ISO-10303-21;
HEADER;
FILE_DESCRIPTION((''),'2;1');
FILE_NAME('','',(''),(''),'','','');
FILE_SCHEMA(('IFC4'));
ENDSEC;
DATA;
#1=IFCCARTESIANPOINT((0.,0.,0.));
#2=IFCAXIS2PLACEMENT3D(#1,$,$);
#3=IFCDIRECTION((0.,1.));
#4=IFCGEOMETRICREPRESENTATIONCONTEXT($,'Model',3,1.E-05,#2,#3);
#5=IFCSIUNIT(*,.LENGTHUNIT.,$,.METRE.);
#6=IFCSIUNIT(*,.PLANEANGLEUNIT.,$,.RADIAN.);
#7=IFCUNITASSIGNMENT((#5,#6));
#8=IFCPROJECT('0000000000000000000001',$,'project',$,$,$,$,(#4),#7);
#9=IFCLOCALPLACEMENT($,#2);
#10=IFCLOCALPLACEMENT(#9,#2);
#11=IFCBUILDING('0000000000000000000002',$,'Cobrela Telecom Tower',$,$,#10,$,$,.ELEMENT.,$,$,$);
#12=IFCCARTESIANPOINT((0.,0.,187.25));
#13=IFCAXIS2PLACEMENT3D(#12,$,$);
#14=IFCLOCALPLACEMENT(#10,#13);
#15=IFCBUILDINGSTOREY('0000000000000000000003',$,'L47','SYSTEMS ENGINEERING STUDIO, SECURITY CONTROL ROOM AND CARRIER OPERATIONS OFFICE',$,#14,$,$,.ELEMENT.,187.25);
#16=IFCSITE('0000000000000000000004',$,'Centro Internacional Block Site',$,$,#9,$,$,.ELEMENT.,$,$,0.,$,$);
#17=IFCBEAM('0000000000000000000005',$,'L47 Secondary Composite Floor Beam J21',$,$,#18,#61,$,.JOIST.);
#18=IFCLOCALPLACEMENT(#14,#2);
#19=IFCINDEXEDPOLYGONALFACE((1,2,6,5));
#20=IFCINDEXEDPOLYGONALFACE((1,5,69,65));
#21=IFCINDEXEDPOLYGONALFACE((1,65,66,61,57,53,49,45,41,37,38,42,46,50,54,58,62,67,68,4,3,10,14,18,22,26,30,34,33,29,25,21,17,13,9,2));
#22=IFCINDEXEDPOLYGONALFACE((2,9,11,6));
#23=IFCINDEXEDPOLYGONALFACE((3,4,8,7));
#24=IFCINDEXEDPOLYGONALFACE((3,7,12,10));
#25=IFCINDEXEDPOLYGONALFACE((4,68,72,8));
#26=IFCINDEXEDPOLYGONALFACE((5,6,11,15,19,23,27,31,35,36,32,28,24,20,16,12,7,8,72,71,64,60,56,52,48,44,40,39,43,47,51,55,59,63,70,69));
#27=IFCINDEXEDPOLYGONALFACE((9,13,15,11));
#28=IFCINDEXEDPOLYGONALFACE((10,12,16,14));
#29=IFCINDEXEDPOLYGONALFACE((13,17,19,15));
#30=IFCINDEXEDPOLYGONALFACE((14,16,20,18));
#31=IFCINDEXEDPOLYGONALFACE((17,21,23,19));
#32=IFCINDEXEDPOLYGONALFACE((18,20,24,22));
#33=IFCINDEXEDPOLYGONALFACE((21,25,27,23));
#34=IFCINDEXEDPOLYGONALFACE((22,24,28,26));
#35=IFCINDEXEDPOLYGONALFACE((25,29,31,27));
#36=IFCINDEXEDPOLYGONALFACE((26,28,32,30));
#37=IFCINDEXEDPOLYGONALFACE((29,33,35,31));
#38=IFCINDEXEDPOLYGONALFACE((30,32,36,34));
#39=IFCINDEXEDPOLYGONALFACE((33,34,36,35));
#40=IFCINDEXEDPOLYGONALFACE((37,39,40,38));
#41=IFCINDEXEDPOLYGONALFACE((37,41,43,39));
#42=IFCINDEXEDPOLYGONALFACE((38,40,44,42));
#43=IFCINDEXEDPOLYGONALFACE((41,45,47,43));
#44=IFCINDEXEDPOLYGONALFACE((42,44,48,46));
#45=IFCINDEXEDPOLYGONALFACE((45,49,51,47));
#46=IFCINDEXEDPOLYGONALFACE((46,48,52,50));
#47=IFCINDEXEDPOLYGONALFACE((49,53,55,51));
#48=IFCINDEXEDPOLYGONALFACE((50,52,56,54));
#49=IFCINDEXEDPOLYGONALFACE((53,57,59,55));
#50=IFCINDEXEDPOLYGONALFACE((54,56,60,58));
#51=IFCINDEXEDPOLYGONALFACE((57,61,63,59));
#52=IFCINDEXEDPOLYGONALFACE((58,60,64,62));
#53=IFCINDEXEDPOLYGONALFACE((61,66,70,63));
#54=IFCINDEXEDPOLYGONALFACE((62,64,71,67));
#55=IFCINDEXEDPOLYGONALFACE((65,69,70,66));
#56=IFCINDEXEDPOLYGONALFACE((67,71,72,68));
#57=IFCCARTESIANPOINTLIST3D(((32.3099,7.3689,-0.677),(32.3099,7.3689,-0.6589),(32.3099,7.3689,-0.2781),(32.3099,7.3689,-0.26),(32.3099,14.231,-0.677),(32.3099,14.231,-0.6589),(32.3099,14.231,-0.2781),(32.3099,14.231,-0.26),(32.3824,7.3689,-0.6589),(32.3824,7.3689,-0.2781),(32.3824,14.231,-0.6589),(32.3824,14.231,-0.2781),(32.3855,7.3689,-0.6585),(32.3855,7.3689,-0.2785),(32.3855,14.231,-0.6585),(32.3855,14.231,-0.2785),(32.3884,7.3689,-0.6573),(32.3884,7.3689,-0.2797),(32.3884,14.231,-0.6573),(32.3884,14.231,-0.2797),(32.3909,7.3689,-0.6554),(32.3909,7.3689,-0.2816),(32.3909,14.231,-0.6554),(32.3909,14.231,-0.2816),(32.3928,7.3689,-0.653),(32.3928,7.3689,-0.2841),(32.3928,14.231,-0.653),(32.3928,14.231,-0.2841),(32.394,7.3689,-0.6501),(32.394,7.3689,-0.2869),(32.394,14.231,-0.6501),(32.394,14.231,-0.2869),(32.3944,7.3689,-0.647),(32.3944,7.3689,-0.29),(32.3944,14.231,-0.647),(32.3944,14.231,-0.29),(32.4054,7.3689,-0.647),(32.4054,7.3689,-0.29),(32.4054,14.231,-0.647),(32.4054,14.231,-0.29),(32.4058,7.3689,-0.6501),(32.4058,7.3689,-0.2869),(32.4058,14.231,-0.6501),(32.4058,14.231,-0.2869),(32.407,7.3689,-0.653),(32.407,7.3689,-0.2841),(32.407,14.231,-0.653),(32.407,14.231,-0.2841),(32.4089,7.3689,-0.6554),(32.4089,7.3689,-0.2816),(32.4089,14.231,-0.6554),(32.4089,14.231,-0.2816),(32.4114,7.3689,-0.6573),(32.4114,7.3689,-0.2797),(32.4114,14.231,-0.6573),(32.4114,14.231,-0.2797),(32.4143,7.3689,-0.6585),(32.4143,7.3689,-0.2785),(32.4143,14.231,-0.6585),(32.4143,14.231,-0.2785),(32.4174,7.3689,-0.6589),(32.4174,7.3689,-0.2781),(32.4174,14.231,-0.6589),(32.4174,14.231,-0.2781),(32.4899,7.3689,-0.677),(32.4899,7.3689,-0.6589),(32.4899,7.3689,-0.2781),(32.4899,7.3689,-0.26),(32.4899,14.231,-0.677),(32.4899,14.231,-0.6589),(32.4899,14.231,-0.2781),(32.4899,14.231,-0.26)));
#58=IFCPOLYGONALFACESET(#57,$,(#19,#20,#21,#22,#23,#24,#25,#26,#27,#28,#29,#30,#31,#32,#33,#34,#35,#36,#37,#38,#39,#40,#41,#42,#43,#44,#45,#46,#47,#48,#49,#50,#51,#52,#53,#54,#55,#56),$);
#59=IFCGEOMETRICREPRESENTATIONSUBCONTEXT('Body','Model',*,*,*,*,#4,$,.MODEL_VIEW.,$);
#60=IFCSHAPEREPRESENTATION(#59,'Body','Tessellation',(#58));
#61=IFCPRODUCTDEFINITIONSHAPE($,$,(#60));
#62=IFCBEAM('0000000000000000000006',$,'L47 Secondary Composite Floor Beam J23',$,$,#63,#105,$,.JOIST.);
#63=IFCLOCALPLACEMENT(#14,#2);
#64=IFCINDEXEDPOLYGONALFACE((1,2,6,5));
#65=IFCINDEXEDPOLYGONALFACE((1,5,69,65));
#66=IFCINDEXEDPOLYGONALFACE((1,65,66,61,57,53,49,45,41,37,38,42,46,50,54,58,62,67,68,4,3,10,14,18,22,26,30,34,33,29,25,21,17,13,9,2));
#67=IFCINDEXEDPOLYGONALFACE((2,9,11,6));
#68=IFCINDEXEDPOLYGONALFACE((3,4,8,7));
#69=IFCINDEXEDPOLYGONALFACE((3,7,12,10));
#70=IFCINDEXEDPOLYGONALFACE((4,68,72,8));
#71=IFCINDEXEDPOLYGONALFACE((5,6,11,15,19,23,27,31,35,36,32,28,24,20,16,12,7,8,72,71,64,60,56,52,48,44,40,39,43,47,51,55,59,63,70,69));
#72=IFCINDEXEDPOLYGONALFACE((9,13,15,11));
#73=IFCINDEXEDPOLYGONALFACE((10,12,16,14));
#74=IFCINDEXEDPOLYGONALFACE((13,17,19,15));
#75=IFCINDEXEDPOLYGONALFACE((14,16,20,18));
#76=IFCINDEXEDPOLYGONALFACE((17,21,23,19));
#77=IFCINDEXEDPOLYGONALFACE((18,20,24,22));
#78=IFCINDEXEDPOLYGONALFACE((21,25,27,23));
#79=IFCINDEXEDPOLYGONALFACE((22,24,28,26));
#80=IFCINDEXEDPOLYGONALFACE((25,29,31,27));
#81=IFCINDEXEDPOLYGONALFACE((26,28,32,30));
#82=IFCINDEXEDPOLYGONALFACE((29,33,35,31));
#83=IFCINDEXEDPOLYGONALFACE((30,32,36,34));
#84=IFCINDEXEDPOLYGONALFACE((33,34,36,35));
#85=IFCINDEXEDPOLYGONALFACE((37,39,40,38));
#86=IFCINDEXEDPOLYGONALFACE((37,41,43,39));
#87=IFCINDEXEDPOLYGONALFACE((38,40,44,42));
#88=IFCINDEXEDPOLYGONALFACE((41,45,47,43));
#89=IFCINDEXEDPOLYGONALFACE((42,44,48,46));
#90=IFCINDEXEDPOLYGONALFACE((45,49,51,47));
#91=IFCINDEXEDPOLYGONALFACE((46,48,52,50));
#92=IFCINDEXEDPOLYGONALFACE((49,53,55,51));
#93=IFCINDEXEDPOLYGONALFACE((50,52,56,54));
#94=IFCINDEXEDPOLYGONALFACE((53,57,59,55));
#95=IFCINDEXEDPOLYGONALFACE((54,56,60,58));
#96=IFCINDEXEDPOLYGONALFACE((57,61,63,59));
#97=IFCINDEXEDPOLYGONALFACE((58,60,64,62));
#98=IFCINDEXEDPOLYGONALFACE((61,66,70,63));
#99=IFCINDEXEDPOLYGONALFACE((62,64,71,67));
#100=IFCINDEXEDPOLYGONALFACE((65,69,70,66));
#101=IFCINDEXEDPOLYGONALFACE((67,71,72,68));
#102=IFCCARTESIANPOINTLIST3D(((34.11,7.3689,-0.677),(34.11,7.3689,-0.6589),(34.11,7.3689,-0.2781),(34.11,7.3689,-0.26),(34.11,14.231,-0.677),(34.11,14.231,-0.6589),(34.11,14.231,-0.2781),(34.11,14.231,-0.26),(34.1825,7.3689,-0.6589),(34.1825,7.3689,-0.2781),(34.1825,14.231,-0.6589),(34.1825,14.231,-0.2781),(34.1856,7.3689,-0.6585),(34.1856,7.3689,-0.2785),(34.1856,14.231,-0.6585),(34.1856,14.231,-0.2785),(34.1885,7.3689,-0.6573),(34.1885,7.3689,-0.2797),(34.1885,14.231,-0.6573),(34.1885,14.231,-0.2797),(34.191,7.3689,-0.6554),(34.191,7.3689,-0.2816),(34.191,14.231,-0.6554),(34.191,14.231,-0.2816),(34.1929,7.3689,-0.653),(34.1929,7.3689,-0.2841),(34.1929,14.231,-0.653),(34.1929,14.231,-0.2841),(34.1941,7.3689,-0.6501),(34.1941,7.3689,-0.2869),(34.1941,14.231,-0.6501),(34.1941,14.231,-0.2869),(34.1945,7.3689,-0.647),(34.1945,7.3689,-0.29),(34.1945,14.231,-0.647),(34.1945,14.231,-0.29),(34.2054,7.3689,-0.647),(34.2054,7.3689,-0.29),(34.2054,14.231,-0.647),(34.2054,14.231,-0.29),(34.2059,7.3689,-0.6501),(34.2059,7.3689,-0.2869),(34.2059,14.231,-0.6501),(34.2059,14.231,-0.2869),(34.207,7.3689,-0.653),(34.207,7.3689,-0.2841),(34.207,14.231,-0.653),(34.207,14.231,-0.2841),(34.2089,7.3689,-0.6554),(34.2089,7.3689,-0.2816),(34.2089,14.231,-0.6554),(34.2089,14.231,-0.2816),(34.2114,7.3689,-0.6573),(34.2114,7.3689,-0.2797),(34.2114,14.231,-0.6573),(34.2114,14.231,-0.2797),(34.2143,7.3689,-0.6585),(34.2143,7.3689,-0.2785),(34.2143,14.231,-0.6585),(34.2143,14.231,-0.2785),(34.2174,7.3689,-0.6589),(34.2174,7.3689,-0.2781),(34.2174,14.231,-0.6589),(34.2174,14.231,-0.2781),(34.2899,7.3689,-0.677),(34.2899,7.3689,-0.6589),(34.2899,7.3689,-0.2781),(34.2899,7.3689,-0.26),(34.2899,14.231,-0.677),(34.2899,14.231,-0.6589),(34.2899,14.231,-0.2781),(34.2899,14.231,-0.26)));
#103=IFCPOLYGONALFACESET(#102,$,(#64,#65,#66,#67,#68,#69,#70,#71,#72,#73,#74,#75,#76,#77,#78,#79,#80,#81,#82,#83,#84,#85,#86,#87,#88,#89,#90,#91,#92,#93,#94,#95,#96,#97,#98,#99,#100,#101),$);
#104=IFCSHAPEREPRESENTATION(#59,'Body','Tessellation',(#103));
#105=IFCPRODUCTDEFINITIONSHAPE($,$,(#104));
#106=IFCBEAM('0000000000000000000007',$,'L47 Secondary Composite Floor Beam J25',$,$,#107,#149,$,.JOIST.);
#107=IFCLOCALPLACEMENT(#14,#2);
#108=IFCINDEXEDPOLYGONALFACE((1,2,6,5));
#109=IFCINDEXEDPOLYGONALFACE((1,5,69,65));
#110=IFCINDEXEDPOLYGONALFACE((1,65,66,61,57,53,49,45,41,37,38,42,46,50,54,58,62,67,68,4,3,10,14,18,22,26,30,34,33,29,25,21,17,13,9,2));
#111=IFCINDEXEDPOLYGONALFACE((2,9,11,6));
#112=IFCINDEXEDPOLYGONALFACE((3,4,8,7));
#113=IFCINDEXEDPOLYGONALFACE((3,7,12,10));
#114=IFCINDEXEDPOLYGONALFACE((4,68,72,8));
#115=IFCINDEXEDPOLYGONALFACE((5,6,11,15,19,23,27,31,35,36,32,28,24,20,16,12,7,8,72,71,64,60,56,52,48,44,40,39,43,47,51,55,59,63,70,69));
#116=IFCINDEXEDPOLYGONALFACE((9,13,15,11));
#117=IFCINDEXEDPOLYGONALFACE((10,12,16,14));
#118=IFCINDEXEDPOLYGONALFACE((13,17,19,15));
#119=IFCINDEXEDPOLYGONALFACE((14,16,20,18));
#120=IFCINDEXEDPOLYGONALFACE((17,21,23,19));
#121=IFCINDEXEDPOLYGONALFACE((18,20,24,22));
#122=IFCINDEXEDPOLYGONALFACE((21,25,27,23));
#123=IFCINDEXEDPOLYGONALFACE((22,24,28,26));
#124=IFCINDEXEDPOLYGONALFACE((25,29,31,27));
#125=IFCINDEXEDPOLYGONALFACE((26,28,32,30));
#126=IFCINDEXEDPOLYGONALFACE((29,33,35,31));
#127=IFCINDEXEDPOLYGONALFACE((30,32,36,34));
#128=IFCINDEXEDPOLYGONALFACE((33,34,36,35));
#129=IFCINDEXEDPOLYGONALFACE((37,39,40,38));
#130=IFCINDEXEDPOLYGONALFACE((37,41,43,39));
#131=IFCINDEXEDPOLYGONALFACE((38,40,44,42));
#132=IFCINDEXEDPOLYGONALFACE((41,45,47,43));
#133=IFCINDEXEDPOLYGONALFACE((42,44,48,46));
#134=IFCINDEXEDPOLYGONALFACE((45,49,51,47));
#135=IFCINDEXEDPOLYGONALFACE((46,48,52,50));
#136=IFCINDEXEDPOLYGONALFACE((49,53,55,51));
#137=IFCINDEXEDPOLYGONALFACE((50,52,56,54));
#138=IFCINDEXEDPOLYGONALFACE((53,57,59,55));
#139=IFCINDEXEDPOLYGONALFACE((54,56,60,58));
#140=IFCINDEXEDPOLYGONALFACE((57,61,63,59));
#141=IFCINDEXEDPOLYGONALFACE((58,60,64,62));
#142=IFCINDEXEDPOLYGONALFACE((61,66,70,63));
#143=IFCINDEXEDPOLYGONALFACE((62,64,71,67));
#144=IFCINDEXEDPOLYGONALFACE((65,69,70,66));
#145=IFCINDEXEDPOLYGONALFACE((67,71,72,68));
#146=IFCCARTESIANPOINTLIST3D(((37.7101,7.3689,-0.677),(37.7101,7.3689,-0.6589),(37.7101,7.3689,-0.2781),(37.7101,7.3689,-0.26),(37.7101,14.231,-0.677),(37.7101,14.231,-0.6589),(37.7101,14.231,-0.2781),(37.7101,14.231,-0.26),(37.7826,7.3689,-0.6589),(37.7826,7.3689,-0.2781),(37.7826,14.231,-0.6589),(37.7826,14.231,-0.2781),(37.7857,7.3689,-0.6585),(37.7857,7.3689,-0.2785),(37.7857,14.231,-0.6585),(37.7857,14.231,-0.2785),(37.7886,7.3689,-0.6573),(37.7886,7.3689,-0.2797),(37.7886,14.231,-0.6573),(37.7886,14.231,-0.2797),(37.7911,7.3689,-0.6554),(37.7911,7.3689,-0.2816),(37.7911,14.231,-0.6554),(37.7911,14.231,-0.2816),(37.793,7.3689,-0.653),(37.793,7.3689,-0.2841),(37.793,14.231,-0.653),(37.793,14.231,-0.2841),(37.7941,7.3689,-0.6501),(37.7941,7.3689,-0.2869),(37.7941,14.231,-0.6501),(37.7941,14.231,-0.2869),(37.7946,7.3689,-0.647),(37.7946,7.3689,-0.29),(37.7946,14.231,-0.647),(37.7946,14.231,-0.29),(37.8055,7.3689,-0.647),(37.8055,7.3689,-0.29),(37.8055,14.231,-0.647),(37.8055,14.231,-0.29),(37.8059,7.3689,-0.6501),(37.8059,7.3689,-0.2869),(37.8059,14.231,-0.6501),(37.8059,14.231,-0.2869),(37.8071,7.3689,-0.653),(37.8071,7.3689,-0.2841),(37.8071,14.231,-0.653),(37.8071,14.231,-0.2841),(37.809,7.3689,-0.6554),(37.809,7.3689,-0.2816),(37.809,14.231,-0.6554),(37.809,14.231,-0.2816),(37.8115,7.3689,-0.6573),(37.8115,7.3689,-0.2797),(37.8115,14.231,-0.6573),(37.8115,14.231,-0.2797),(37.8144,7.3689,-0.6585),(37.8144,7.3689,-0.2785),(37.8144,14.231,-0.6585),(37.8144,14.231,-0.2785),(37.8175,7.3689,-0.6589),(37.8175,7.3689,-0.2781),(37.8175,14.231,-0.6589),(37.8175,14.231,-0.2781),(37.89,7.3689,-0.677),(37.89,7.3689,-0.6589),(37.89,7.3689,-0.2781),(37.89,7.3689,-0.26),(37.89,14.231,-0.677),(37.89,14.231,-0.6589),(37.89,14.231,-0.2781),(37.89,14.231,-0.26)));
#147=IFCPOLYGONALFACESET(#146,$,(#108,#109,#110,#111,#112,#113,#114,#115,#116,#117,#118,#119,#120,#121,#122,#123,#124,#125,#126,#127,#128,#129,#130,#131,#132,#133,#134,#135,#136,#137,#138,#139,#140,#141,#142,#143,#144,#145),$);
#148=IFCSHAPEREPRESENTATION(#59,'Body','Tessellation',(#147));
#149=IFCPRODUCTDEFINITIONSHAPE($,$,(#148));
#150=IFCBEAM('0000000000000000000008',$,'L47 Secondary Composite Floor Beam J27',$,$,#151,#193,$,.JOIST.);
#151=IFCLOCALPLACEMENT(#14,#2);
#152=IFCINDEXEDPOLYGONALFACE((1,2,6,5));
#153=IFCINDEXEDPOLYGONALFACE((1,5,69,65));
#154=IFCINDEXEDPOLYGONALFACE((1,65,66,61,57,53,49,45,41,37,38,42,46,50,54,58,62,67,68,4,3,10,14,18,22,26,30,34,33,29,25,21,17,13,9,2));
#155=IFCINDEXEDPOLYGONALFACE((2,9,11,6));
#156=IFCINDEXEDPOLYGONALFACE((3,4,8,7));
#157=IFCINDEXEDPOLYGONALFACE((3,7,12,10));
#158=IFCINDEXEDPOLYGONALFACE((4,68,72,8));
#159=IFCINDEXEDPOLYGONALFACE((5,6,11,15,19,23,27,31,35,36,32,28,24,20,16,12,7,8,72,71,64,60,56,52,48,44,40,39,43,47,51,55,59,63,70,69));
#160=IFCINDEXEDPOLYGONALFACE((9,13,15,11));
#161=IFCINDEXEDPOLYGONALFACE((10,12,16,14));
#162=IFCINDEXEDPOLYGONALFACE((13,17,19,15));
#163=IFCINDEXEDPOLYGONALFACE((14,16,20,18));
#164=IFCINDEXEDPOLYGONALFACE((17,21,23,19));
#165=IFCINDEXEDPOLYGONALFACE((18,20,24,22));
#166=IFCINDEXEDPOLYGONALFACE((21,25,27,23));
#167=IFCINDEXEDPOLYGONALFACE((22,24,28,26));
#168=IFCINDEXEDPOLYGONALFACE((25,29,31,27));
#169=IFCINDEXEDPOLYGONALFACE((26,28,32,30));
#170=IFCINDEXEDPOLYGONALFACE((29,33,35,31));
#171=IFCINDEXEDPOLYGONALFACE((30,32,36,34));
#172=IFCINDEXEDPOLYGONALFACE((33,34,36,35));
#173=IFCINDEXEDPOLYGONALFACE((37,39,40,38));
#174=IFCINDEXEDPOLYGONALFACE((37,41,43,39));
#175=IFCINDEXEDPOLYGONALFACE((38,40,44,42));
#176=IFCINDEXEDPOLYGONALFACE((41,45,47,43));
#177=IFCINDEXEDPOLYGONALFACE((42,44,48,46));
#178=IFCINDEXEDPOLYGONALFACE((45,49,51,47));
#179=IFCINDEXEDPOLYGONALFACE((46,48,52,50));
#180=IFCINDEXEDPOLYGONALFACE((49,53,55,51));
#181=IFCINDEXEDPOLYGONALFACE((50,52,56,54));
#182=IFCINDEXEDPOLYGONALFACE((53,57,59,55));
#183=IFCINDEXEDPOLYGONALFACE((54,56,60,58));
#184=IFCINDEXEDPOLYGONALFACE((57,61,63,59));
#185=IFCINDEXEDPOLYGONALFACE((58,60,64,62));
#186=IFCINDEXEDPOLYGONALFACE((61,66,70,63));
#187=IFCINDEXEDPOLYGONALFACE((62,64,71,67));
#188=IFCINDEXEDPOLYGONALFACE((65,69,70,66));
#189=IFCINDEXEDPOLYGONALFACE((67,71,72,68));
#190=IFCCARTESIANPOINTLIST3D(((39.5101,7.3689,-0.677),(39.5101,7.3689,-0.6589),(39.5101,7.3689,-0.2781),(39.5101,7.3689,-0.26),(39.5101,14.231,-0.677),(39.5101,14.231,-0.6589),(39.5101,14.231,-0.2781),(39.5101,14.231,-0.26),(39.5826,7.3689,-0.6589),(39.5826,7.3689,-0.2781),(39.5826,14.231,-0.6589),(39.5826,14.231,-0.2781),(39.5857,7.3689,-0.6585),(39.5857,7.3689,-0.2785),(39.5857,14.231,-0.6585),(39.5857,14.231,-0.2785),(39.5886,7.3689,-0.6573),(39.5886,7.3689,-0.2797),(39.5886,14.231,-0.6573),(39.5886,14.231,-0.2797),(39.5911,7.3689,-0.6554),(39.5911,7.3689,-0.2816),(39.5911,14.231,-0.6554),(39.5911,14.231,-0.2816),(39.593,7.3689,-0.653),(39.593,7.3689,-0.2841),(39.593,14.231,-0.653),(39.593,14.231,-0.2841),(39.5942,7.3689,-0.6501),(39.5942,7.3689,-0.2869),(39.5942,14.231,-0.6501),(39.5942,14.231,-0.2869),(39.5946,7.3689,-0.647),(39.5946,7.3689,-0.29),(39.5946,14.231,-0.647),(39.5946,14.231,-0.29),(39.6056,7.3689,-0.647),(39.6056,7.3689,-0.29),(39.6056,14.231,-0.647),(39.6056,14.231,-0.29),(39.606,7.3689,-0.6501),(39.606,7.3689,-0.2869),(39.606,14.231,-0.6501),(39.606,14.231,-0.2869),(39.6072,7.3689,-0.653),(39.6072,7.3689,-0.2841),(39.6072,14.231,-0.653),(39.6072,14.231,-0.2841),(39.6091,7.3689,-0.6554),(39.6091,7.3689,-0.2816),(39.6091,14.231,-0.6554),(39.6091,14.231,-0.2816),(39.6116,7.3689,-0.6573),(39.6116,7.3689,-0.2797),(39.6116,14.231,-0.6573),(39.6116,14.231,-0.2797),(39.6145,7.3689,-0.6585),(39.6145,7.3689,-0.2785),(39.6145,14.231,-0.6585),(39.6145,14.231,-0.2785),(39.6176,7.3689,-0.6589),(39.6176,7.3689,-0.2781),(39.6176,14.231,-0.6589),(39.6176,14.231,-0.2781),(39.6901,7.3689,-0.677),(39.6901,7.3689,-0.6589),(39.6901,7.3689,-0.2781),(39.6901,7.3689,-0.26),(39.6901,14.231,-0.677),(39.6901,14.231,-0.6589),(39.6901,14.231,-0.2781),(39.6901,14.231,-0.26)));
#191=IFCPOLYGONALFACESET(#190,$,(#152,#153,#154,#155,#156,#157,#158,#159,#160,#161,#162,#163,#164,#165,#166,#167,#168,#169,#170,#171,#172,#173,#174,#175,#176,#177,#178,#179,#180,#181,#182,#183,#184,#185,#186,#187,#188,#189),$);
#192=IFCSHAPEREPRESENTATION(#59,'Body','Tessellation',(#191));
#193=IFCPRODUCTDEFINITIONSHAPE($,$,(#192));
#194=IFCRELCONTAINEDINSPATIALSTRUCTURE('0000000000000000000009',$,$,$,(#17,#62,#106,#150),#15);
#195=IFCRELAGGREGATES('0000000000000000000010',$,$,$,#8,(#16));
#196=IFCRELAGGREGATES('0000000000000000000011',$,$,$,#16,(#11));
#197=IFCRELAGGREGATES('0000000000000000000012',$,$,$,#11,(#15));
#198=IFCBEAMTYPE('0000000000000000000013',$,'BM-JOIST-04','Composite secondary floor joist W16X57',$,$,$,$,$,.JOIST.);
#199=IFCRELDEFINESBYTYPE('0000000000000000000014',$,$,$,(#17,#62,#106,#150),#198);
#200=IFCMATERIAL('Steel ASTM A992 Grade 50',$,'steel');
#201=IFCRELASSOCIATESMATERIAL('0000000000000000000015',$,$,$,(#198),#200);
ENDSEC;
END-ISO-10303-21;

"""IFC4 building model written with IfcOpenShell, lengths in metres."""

from ifc_helpers import new_model, si_unit, direction, frame, origin, origin_2d, place, context, subcontext, project, spatial, i_section, extrude, material, material_profile, profile_set, type_object, element, save


model = new_model("IFC4")

# Units and contexts
model_context = context("Model", 3, precision=1e-05, world=origin(), true_north=direction((0.0, 1.0)))
body_context = subcontext(model_context, "Body", "Model", "MODEL_VIEW")
ifc_project = project(units=[si_unit("LENGTHUNIT", "METRE"), si_unit("PLANEANGLEUNIT", "RADIAN")], contexts=[model_context])

# Site, building, storey
site_placement = place(None, origin())
site = spatial("IfcSite", under=ifc_project, at=site_placement, Name="Centro Internacional Block Site", CompositionType="ELEMENT", RefElevation=0.0)
building_placement = place(site_placement, origin())
building = spatial("IfcBuilding", under=site, at=building_placement, Name="Cobrela Telecom Tower", CompositionType="ELEMENT")
storey_placement = place(building_placement, frame((0.0, 0.0, 187.25)))
storey = spatial("IfcBuildingStorey", under=building, at=storey_placement, Name="L47", Description="SYSTEMS ENGINEERING STUDIO, SECURITY CONTROL ROOM AND CARRIER OPERATIONS OFFICE", CompositionType="ELEMENT", Elevation=187.25)

# Shared definitions
ifc_material_1 = material(Name="Steel ASTM A992 Grade 50", Category="steel")

# Beams
ifc_material_profile_1 = material_profile(ifc_material_1, i_section(OverallWidth=0.1799, OverallDepth=0.417, WebThickness=0.011, FlangeThickness=0.0181, FilletRadius=0.012, at=origin_2d()), Name="W16X57")
ifc_profile_set_1 = profile_set([ifc_material_profile_1], Name="Steel ASTM A992 Grade 50")
beam_type_1 = type_object("IfcBeamType", Name="BM-JOIST-04", Description="Composite secondary floor joist W16X57", PredefinedType="JOIST", material=ifc_profile_set_1)
for number, where, z_axis, x_axis, name in (
    (1, (32.3999, 7.3689, -0.4685), (0.0, 1.0, 0.0), (-1.0, 0.0, 0.0), "L47 Secondary Composite Floor Beam J21"),
    (2, (34.2, 7.3689, -0.4685), (0.0, 1.0, 0.0), (-1.0, 0.0, 0.0), "L47 Secondary Composite Floor Beam J23"),
    (3, (37.8, 7.3689, -0.4685), (0.0, 1.0, 0.0), (-1.0, 0.0, 0.0), "L47 Secondary Composite Floor Beam J25"),
    (4, (39.6001, 7.3689, -0.4685), (0.0, 1.0, 0.0), (-1.0, 0.0, 0.0), "L47 Secondary Composite Floor Beam J27"),
):
    element("IfcBeam", number, at=place(storey_placement, frame(where, z_axis=z_axis, x_axis=x_axis)), inside=storey, type_object=beam_type_1, Name=name, PredefinedType="JOIST", context=body_context, shape_type="SweptSolid", body=[
        extrude(i_section(OverallWidth=0.1799, OverallDepth=0.417, WebThickness=0.011, FlangeThickness=0.0181, FilletRadius=0.012, at=origin_2d()), origin(), (0.0, 0.0, 1.0), 6.8621),
    ])

save(model, "model.ifc")
